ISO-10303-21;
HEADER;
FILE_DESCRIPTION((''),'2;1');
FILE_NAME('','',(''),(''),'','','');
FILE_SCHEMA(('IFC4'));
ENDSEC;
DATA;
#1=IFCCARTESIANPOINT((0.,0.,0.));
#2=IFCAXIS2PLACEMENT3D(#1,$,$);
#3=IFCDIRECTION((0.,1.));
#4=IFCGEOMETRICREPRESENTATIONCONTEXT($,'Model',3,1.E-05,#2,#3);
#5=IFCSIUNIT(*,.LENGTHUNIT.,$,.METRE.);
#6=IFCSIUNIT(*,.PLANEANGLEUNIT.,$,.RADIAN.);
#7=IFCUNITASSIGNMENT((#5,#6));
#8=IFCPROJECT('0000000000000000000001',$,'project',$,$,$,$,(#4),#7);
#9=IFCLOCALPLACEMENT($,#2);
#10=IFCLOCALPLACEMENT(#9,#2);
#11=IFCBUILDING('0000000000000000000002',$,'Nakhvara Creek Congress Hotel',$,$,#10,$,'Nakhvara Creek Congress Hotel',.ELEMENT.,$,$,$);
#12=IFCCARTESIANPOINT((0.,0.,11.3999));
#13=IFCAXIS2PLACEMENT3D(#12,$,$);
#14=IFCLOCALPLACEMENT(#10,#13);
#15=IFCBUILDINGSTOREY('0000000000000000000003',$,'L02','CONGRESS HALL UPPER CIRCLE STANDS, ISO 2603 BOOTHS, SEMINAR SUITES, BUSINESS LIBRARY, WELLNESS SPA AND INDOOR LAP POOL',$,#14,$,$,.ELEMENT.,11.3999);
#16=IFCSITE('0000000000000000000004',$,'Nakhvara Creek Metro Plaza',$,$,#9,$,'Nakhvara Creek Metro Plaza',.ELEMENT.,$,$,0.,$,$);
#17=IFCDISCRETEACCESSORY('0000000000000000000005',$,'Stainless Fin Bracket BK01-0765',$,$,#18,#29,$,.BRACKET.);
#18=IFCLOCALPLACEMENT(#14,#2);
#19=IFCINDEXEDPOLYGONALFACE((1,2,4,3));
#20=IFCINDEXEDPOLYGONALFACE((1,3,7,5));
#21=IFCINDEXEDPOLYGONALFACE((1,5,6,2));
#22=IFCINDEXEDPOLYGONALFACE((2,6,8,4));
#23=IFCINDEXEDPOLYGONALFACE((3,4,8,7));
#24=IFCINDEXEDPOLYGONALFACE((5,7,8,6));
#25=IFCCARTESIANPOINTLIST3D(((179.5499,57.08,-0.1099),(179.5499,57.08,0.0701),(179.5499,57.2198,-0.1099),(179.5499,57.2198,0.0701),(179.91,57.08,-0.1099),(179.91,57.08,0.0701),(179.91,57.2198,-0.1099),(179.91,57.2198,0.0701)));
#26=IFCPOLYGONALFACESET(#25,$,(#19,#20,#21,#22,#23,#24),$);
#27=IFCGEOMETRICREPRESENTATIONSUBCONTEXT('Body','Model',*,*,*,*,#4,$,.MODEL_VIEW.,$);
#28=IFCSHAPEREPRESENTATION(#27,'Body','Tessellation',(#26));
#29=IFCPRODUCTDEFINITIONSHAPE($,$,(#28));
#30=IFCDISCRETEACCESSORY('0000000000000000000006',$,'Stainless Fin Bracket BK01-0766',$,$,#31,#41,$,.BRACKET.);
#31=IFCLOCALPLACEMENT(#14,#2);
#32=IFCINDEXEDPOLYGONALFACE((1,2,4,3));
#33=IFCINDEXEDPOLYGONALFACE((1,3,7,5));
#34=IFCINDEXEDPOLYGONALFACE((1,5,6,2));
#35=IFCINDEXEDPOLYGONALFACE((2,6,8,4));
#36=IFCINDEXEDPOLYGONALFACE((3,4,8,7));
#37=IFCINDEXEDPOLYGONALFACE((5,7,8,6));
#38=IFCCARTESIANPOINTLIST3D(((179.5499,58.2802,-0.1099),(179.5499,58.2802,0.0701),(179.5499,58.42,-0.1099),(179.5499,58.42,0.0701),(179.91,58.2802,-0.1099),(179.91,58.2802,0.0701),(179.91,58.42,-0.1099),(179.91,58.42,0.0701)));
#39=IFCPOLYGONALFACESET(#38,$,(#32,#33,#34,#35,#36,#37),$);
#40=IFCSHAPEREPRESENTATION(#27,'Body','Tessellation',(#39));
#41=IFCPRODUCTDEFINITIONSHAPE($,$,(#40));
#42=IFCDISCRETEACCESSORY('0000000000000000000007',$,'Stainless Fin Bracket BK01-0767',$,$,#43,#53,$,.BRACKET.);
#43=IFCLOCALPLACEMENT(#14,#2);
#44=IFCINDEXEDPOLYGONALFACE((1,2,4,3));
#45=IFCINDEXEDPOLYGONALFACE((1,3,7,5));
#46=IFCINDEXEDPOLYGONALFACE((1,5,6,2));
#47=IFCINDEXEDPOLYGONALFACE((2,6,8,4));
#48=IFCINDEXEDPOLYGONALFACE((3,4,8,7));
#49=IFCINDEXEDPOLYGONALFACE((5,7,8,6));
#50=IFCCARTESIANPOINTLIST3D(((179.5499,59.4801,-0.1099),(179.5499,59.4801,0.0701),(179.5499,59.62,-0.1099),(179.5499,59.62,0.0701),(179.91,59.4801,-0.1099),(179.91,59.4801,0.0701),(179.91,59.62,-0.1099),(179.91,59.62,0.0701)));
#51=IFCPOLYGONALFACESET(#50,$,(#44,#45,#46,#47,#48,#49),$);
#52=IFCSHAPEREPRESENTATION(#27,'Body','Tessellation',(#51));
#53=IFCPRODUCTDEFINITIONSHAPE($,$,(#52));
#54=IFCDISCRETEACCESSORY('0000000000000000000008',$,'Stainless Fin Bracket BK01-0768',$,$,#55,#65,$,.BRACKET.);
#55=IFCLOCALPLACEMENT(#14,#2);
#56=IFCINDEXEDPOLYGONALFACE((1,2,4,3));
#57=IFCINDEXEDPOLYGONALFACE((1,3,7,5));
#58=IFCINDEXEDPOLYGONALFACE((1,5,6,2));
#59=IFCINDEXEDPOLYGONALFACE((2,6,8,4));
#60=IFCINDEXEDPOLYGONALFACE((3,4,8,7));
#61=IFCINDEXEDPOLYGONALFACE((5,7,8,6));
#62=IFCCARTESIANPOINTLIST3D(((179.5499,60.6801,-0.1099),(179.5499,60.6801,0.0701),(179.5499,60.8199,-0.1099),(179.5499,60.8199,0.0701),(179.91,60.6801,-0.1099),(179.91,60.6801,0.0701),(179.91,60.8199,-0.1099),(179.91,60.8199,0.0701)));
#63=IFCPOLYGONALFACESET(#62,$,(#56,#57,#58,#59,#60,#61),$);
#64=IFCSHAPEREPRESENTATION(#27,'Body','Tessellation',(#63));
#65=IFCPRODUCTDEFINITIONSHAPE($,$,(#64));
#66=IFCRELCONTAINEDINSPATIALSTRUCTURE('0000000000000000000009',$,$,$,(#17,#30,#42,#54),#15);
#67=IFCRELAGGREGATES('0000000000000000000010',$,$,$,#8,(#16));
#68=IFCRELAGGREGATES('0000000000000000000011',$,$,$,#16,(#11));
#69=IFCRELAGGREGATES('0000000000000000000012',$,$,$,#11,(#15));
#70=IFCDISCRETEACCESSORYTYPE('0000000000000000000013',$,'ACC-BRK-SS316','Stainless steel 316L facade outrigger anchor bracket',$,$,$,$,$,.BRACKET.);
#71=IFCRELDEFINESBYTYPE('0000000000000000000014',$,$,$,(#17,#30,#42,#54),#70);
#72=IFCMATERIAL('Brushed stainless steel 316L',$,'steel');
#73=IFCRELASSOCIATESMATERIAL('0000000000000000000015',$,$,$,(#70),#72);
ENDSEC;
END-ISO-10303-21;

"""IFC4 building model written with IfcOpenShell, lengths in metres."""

from ifc_helpers import new_model, si_unit, direction, frame, origin, origin_2d, place, context, subcontext, project, spatial, rectangle, extrude, material, type_object, element, save


model = new_model("IFC4")

# Units and contexts
model_context = context("Model", 3, precision=1e-05, world=origin(), true_north=direction((0.0, 1.0)))
body_context = subcontext(model_context, "Body", "Model", "MODEL_VIEW")
ifc_project = project(units=[si_unit("LENGTHUNIT", "METRE"), si_unit("PLANEANGLEUNIT", "RADIAN")], contexts=[model_context])

# Site, building, storey
site_placement = place(None, origin())
site = spatial("IfcSite", under=ifc_project, at=site_placement, Name="Nakhvara Creek Metro Plaza", LongName="Nakhvara Creek Metro Plaza", CompositionType="ELEMENT", RefElevation=0.0)
building_placement = place(site_placement, origin())
building = spatial("IfcBuilding", under=site, at=building_placement, Name="Nakhvara Creek Congress Hotel", LongName="Nakhvara Creek Congress Hotel", CompositionType="ELEMENT")
storey_placement = place(building_placement, frame((0.0, 0.0, 11.3999)))
storey = spatial("IfcBuildingStorey", under=building, at=storey_placement, Name="L02", Description="CONGRESS HALL UPPER CIRCLE STANDS, ISO 2603 BOOTHS, SEMINAR SUITES, BUSINESS LIBRARY, WELLNESS SPA AND INDOOR LAP POOL", CompositionType="ELEMENT", Elevation=11.3999)

# Discrete accessories
ifc_material_1 = material(Name="Brushed stainless steel 316L", Category="steel")
discrete_accessory_type = type_object("IfcDiscreteAccessoryType", Name="ACC-BRK-SS316", Description="Stainless steel 316L facade outrigger anchor bracket", PredefinedType="BRACKET", material=ifc_material_1)
for number, where, z_axis, x_axis, name in (
    (1, (179.73, 57.1499, -0.1099), (0.0, 0.0, 1.0), (0.0, 1.0, 0.0), "Stainless Fin Bracket BK01-0765"),
    (2, (179.73, 58.3501, -0.1099), (0.0, 0.0, 1.0), (0.0, 1.0, 0.0), "Stainless Fin Bracket BK01-0766"),
    (3, (179.73, 59.55, -0.1099), (0.0, 0.0, 1.0), (0.0, 1.0, 0.0), "Stainless Fin Bracket BK01-0767"),
    (4, (179.73, 60.75, -0.1099), (0.0, 0.0, 1.0), (0.0, 1.0, 0.0), "Stainless Fin Bracket BK01-0768"),
):
    element("IfcDiscreteAccessory", number, at=place(storey_placement, frame(where, z_axis=z_axis, x_axis=x_axis)), inside=storey, type_object=discrete_accessory_type, Name=name, PredefinedType="BRACKET", context=body_context, shape_type="SweptSolid", body=[
        extrude(rectangle(XDim=0.1399, YDim=0.3601, at=origin_2d()), origin(), (0.0, 0.0, 1.0), 0.1799),
    ])

save(model, "model.ifc")
